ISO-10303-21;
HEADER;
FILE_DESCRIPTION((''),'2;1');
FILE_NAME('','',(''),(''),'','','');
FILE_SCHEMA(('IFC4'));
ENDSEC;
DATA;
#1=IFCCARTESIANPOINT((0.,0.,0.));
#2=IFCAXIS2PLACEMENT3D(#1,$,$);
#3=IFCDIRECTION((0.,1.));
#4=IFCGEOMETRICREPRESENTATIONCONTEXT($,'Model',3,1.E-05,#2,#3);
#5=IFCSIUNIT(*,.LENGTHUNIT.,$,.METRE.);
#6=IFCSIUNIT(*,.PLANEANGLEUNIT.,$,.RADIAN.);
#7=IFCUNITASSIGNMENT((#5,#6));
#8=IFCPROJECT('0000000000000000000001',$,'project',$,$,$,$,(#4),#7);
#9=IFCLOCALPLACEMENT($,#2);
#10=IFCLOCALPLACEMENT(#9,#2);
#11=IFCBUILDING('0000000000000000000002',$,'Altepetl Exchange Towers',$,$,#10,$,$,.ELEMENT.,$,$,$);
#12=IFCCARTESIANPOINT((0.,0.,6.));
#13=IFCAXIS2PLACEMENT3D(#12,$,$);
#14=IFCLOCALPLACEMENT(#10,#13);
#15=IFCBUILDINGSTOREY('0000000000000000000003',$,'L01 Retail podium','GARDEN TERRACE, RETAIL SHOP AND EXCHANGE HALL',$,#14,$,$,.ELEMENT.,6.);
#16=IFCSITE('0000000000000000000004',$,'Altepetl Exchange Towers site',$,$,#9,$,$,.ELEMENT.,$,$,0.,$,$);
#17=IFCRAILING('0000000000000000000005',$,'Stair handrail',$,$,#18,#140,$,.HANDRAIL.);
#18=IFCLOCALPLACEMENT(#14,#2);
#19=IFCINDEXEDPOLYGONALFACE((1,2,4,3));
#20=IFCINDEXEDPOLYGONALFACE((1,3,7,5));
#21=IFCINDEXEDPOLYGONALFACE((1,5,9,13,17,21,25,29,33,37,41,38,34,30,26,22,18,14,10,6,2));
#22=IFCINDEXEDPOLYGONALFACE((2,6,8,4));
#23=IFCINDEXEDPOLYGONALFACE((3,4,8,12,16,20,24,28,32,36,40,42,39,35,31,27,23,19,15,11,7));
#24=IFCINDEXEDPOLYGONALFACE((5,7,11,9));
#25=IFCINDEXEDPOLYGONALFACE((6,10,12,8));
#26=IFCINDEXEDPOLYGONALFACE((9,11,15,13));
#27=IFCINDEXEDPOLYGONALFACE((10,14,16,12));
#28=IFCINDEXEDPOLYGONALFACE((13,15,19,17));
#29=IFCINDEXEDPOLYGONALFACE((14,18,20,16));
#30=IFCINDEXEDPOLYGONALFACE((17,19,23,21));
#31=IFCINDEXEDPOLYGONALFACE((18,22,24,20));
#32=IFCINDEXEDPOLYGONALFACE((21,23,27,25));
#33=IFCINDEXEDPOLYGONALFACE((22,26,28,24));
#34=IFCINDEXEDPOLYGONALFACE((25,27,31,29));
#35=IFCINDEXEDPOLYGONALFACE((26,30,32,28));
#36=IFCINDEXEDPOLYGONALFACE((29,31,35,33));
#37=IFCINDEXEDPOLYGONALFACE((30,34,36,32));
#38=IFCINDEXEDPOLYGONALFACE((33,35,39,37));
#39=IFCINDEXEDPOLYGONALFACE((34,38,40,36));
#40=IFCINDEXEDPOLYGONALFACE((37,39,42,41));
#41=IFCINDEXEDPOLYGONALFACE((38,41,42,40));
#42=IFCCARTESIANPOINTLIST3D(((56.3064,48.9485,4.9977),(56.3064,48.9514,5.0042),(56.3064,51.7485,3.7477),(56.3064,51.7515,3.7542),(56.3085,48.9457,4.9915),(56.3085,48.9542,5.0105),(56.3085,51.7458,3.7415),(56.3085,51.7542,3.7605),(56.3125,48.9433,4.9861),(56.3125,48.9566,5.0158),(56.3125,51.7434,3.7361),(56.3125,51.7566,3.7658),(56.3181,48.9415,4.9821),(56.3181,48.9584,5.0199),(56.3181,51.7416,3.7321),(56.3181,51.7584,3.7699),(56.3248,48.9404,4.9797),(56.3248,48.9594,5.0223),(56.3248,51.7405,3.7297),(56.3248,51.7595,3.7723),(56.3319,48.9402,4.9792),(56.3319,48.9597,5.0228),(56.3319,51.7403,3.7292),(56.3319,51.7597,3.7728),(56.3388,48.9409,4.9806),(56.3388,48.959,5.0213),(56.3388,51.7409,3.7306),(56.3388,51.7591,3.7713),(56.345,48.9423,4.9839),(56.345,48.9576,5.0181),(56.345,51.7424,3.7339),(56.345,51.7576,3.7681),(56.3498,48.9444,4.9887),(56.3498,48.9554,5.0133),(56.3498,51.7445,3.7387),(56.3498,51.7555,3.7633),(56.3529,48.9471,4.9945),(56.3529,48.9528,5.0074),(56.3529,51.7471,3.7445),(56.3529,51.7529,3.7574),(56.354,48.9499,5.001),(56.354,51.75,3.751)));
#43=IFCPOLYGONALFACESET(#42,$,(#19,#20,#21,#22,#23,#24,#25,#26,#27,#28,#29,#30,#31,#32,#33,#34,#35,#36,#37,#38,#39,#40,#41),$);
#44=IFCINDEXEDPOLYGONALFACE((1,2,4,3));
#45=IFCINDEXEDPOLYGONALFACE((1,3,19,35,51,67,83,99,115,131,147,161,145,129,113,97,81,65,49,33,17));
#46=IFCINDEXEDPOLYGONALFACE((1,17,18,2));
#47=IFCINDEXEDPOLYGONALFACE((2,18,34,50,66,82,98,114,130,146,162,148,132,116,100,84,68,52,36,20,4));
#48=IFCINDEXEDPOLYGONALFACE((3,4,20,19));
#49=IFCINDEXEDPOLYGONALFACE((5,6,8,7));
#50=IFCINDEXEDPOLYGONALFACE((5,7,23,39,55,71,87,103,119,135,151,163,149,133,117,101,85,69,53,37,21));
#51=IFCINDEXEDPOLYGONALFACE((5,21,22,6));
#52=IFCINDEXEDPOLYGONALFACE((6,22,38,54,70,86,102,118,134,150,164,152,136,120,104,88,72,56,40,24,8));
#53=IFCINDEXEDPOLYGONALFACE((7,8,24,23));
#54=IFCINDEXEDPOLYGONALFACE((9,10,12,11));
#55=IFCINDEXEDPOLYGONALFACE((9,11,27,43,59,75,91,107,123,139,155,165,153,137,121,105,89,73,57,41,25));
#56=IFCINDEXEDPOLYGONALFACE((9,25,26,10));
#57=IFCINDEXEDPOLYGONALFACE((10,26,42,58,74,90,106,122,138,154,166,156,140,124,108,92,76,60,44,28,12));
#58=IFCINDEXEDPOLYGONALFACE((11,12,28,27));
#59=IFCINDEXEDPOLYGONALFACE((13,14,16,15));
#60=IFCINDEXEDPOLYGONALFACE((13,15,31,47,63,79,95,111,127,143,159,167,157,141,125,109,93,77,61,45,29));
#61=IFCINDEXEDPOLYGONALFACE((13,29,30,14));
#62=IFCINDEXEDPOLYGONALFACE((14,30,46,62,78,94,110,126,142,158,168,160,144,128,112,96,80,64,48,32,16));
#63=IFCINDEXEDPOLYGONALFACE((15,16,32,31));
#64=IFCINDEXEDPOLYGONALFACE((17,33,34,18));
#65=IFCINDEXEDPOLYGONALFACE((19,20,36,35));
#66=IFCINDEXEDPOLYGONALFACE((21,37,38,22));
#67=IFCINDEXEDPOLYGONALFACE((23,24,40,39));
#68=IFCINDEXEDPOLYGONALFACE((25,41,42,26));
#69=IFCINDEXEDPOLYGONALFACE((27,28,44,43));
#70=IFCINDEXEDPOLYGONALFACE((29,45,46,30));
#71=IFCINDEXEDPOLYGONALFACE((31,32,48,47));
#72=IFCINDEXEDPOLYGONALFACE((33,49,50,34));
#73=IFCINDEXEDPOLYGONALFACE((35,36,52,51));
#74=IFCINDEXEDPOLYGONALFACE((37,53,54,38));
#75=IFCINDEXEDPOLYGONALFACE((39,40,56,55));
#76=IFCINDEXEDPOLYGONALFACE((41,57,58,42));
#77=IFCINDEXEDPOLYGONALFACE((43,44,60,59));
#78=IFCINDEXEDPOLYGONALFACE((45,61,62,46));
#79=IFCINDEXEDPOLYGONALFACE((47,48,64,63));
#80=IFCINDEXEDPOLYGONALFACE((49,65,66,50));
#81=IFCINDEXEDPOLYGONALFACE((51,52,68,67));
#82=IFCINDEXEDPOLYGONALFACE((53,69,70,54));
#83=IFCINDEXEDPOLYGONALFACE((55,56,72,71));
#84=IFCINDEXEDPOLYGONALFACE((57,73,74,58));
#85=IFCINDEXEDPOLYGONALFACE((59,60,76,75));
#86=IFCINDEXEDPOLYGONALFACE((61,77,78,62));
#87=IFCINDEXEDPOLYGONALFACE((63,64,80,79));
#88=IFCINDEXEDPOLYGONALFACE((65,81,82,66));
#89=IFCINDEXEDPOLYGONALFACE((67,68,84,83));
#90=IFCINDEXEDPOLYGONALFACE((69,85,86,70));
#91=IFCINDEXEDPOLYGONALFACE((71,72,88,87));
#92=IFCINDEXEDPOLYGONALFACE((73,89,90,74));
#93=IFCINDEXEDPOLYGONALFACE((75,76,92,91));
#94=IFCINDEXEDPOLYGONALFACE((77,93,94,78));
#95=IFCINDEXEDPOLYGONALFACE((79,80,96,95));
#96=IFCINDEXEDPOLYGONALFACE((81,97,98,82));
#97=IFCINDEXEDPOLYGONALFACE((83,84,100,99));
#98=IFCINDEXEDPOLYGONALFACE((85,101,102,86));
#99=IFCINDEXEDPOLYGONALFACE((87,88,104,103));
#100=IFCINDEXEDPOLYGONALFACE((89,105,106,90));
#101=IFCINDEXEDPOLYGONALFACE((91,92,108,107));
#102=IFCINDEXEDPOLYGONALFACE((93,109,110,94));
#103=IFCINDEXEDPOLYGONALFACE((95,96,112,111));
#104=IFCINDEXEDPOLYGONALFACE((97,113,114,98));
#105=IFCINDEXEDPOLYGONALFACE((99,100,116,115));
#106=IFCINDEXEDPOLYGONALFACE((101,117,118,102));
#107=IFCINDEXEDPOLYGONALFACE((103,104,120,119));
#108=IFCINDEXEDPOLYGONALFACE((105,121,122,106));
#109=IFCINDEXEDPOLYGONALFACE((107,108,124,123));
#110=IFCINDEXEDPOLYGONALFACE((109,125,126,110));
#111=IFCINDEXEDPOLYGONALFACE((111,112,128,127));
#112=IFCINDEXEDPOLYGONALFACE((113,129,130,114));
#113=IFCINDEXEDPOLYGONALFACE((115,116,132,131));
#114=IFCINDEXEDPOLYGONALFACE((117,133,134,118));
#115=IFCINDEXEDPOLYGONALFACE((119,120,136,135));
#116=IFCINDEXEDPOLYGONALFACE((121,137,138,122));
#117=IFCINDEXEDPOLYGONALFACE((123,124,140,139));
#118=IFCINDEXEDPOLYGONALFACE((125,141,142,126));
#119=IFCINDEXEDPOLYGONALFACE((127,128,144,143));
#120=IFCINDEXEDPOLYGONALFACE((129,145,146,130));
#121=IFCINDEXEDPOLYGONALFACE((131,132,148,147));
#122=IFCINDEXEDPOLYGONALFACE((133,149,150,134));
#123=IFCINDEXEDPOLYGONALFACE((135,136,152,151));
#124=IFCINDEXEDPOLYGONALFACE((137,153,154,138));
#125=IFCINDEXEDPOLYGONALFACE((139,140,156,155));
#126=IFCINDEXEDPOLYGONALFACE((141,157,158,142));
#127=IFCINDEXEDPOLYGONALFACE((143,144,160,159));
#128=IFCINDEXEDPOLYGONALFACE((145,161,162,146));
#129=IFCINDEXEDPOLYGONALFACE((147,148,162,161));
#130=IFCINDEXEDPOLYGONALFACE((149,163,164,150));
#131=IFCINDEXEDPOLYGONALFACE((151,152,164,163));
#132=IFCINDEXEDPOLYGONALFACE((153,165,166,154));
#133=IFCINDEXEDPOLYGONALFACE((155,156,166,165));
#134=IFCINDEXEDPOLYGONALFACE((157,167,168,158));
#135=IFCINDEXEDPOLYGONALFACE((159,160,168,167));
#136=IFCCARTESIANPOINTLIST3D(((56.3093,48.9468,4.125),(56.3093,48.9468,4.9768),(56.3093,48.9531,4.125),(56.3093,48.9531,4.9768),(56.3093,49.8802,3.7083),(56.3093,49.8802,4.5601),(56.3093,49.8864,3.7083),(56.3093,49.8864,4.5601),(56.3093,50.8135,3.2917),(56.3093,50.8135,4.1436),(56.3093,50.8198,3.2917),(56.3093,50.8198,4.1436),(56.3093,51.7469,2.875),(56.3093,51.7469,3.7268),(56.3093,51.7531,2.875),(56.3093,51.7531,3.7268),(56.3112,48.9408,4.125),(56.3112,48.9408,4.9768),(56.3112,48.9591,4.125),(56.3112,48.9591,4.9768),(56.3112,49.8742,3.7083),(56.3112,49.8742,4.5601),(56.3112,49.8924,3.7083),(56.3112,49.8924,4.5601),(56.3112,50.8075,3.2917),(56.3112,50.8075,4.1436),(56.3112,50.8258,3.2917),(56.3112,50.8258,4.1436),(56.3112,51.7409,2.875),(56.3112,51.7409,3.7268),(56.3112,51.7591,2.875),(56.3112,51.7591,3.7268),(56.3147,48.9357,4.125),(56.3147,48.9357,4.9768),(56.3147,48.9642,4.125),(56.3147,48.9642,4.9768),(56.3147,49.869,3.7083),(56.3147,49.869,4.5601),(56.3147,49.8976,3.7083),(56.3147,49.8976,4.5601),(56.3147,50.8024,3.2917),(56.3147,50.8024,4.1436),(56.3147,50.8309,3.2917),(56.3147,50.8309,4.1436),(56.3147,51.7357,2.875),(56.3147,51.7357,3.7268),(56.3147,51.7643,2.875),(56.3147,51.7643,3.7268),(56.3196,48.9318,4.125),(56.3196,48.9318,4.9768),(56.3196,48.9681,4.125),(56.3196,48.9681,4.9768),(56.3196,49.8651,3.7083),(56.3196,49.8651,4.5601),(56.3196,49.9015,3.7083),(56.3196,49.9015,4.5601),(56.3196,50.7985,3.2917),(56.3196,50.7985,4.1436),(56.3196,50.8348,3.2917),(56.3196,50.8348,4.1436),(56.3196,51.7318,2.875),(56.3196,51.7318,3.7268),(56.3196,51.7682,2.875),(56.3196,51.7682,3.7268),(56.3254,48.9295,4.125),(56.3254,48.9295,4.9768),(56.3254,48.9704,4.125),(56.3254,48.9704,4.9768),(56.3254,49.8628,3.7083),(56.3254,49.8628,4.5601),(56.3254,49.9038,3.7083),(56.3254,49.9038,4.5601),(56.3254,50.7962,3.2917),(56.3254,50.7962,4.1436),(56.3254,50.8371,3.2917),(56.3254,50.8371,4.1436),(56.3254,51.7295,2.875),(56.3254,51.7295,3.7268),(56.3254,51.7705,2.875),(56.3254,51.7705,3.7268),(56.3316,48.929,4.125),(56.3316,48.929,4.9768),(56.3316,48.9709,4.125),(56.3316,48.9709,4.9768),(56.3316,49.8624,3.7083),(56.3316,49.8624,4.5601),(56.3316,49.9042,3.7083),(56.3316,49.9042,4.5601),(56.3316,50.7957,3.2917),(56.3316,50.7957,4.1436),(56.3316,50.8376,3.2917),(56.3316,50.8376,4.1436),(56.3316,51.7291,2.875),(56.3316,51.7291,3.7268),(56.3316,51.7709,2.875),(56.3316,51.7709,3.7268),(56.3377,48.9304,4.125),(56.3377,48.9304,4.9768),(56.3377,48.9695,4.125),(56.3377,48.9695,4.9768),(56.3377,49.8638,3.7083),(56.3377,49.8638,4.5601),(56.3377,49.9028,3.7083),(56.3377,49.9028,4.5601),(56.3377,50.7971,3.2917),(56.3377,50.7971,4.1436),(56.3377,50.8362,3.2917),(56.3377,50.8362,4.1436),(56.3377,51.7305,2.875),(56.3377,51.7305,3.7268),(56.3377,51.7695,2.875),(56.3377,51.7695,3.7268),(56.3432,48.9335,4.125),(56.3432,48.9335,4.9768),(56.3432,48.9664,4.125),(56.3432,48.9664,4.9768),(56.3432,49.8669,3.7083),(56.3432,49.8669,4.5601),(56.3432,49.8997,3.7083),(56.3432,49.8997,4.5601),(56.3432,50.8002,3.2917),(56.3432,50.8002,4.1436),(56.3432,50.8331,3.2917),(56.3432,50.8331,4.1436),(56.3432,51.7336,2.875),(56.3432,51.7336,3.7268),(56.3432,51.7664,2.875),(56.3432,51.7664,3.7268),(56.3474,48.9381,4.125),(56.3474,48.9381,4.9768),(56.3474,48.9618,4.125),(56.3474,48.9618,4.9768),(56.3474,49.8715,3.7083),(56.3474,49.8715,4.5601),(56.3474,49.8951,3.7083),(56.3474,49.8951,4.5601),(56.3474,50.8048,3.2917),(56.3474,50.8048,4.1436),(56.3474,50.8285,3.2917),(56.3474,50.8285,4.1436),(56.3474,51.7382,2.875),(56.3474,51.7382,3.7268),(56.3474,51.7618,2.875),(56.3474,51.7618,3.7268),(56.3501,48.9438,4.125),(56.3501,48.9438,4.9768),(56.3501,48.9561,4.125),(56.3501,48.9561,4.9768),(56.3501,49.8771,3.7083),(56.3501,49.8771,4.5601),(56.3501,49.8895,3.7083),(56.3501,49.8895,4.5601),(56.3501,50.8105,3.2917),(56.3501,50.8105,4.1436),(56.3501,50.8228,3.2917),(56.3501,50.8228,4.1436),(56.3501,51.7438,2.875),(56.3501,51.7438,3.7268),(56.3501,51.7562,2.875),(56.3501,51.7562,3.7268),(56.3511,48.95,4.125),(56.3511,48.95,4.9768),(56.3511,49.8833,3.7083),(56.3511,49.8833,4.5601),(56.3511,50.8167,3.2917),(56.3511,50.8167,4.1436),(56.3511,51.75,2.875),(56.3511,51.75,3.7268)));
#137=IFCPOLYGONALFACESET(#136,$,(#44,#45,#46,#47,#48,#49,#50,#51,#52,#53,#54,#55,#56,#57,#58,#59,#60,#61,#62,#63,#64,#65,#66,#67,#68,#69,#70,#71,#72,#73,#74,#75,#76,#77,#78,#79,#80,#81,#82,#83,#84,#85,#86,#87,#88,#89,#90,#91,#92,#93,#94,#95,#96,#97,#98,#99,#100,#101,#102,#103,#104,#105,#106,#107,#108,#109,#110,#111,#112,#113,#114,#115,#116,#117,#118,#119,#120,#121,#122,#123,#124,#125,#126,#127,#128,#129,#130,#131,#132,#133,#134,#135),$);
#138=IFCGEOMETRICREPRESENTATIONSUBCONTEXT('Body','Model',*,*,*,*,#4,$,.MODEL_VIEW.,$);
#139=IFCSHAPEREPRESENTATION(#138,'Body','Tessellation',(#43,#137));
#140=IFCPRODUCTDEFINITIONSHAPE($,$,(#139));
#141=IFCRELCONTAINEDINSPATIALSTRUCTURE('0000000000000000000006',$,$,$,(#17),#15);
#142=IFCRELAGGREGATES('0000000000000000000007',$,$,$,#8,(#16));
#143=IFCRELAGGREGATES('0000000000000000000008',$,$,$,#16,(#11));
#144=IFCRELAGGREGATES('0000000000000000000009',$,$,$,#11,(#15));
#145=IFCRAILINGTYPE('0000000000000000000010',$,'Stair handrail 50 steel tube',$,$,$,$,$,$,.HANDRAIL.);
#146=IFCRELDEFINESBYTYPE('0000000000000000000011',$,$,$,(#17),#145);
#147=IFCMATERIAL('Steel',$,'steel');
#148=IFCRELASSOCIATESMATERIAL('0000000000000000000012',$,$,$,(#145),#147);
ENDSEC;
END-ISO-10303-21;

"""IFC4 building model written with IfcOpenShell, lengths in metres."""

from ifc_helpers import new_model, si_unit, direction, frame, origin, origin_2d, place, context, subcontext, project, spatial, circle, extrude, source, transform, mapped, material, type_object, element, save


model = new_model("IFC4")

# Units and contexts
model_context = context("Model", 3, precision=1e-05, world=origin(), true_north=direction((0.0, 1.0)))
body_context = subcontext(model_context, "Body", "Model", "MODEL_VIEW")
ifc_project = project(units=[si_unit("LENGTHUNIT", "METRE"), si_unit("PLANEANGLEUNIT", "RADIAN")], contexts=[model_context])

# Site, building, storey
site_placement = place(None, origin())
site = spatial("IfcSite", under=ifc_project, at=site_placement, Name="Altepetl Exchange Towers site", CompositionType="ELEMENT", RefElevation=0.0)
building_placement = place(site_placement, origin())
building = spatial("IfcBuilding", under=site, at=building_placement, Name="Altepetl Exchange Towers", CompositionType="ELEMENT")
storey_placement = place(building_placement, frame((0.0, 0.0, 6.0)))
storey = spatial("IfcBuildingStorey", under=building, at=storey_placement, Name="L01 Retail podium", Description="GARDEN TERRACE, RETAIL SHOP AND EXCHANGE HALL", CompositionType="ELEMENT", Elevation=6.0)

# Railing
ifc_material_1 = material(Name="Steel", Category="steel")
railing_type = type_object("IfcRailingType", Name="Stair handrail 50 steel tube", PredefinedType="HANDRAIL", material=ifc_material_1)
shared_shape = source(origin(), body_context, "Body", "SweptSolid", [
    extrude(circle(Radius=0.021, at=origin_2d()), origin(), (0.0, 0.0, 1.0), 0.8518),
])
railing_1_placement = place(storey_placement, frame((56.3301, 51.75, 2.875)))
element("IfcRailing", 1, at=railing_1_placement, inside=storey, type_object=railing_type, Name="Stair handrail", PredefinedType="HANDRAIL", context=body_context, shape_type="SweptSolid", body=[
    extrude(circle(Radius=0.0239, at=origin_2d()), frame((0.0, 0.0, 0.876), z_axis=(0.0, -0.913141, 0.407645), x_axis=(1.0, 0.0, 0.0)), (0.0, 0.0, 1.0), 3.0664),
    mapped(shared_shape, transform((0.0, 0.0, 0.0))),
    mapped(shared_shape, transform((0.0, -0.9333, 0.4167))),
    mapped(shared_shape, transform((0.0, -1.8667, 0.8333))),
    mapped(shared_shape, transform((0.0, -2.8, 1.25))),
])

save(model, "model.ifc")
